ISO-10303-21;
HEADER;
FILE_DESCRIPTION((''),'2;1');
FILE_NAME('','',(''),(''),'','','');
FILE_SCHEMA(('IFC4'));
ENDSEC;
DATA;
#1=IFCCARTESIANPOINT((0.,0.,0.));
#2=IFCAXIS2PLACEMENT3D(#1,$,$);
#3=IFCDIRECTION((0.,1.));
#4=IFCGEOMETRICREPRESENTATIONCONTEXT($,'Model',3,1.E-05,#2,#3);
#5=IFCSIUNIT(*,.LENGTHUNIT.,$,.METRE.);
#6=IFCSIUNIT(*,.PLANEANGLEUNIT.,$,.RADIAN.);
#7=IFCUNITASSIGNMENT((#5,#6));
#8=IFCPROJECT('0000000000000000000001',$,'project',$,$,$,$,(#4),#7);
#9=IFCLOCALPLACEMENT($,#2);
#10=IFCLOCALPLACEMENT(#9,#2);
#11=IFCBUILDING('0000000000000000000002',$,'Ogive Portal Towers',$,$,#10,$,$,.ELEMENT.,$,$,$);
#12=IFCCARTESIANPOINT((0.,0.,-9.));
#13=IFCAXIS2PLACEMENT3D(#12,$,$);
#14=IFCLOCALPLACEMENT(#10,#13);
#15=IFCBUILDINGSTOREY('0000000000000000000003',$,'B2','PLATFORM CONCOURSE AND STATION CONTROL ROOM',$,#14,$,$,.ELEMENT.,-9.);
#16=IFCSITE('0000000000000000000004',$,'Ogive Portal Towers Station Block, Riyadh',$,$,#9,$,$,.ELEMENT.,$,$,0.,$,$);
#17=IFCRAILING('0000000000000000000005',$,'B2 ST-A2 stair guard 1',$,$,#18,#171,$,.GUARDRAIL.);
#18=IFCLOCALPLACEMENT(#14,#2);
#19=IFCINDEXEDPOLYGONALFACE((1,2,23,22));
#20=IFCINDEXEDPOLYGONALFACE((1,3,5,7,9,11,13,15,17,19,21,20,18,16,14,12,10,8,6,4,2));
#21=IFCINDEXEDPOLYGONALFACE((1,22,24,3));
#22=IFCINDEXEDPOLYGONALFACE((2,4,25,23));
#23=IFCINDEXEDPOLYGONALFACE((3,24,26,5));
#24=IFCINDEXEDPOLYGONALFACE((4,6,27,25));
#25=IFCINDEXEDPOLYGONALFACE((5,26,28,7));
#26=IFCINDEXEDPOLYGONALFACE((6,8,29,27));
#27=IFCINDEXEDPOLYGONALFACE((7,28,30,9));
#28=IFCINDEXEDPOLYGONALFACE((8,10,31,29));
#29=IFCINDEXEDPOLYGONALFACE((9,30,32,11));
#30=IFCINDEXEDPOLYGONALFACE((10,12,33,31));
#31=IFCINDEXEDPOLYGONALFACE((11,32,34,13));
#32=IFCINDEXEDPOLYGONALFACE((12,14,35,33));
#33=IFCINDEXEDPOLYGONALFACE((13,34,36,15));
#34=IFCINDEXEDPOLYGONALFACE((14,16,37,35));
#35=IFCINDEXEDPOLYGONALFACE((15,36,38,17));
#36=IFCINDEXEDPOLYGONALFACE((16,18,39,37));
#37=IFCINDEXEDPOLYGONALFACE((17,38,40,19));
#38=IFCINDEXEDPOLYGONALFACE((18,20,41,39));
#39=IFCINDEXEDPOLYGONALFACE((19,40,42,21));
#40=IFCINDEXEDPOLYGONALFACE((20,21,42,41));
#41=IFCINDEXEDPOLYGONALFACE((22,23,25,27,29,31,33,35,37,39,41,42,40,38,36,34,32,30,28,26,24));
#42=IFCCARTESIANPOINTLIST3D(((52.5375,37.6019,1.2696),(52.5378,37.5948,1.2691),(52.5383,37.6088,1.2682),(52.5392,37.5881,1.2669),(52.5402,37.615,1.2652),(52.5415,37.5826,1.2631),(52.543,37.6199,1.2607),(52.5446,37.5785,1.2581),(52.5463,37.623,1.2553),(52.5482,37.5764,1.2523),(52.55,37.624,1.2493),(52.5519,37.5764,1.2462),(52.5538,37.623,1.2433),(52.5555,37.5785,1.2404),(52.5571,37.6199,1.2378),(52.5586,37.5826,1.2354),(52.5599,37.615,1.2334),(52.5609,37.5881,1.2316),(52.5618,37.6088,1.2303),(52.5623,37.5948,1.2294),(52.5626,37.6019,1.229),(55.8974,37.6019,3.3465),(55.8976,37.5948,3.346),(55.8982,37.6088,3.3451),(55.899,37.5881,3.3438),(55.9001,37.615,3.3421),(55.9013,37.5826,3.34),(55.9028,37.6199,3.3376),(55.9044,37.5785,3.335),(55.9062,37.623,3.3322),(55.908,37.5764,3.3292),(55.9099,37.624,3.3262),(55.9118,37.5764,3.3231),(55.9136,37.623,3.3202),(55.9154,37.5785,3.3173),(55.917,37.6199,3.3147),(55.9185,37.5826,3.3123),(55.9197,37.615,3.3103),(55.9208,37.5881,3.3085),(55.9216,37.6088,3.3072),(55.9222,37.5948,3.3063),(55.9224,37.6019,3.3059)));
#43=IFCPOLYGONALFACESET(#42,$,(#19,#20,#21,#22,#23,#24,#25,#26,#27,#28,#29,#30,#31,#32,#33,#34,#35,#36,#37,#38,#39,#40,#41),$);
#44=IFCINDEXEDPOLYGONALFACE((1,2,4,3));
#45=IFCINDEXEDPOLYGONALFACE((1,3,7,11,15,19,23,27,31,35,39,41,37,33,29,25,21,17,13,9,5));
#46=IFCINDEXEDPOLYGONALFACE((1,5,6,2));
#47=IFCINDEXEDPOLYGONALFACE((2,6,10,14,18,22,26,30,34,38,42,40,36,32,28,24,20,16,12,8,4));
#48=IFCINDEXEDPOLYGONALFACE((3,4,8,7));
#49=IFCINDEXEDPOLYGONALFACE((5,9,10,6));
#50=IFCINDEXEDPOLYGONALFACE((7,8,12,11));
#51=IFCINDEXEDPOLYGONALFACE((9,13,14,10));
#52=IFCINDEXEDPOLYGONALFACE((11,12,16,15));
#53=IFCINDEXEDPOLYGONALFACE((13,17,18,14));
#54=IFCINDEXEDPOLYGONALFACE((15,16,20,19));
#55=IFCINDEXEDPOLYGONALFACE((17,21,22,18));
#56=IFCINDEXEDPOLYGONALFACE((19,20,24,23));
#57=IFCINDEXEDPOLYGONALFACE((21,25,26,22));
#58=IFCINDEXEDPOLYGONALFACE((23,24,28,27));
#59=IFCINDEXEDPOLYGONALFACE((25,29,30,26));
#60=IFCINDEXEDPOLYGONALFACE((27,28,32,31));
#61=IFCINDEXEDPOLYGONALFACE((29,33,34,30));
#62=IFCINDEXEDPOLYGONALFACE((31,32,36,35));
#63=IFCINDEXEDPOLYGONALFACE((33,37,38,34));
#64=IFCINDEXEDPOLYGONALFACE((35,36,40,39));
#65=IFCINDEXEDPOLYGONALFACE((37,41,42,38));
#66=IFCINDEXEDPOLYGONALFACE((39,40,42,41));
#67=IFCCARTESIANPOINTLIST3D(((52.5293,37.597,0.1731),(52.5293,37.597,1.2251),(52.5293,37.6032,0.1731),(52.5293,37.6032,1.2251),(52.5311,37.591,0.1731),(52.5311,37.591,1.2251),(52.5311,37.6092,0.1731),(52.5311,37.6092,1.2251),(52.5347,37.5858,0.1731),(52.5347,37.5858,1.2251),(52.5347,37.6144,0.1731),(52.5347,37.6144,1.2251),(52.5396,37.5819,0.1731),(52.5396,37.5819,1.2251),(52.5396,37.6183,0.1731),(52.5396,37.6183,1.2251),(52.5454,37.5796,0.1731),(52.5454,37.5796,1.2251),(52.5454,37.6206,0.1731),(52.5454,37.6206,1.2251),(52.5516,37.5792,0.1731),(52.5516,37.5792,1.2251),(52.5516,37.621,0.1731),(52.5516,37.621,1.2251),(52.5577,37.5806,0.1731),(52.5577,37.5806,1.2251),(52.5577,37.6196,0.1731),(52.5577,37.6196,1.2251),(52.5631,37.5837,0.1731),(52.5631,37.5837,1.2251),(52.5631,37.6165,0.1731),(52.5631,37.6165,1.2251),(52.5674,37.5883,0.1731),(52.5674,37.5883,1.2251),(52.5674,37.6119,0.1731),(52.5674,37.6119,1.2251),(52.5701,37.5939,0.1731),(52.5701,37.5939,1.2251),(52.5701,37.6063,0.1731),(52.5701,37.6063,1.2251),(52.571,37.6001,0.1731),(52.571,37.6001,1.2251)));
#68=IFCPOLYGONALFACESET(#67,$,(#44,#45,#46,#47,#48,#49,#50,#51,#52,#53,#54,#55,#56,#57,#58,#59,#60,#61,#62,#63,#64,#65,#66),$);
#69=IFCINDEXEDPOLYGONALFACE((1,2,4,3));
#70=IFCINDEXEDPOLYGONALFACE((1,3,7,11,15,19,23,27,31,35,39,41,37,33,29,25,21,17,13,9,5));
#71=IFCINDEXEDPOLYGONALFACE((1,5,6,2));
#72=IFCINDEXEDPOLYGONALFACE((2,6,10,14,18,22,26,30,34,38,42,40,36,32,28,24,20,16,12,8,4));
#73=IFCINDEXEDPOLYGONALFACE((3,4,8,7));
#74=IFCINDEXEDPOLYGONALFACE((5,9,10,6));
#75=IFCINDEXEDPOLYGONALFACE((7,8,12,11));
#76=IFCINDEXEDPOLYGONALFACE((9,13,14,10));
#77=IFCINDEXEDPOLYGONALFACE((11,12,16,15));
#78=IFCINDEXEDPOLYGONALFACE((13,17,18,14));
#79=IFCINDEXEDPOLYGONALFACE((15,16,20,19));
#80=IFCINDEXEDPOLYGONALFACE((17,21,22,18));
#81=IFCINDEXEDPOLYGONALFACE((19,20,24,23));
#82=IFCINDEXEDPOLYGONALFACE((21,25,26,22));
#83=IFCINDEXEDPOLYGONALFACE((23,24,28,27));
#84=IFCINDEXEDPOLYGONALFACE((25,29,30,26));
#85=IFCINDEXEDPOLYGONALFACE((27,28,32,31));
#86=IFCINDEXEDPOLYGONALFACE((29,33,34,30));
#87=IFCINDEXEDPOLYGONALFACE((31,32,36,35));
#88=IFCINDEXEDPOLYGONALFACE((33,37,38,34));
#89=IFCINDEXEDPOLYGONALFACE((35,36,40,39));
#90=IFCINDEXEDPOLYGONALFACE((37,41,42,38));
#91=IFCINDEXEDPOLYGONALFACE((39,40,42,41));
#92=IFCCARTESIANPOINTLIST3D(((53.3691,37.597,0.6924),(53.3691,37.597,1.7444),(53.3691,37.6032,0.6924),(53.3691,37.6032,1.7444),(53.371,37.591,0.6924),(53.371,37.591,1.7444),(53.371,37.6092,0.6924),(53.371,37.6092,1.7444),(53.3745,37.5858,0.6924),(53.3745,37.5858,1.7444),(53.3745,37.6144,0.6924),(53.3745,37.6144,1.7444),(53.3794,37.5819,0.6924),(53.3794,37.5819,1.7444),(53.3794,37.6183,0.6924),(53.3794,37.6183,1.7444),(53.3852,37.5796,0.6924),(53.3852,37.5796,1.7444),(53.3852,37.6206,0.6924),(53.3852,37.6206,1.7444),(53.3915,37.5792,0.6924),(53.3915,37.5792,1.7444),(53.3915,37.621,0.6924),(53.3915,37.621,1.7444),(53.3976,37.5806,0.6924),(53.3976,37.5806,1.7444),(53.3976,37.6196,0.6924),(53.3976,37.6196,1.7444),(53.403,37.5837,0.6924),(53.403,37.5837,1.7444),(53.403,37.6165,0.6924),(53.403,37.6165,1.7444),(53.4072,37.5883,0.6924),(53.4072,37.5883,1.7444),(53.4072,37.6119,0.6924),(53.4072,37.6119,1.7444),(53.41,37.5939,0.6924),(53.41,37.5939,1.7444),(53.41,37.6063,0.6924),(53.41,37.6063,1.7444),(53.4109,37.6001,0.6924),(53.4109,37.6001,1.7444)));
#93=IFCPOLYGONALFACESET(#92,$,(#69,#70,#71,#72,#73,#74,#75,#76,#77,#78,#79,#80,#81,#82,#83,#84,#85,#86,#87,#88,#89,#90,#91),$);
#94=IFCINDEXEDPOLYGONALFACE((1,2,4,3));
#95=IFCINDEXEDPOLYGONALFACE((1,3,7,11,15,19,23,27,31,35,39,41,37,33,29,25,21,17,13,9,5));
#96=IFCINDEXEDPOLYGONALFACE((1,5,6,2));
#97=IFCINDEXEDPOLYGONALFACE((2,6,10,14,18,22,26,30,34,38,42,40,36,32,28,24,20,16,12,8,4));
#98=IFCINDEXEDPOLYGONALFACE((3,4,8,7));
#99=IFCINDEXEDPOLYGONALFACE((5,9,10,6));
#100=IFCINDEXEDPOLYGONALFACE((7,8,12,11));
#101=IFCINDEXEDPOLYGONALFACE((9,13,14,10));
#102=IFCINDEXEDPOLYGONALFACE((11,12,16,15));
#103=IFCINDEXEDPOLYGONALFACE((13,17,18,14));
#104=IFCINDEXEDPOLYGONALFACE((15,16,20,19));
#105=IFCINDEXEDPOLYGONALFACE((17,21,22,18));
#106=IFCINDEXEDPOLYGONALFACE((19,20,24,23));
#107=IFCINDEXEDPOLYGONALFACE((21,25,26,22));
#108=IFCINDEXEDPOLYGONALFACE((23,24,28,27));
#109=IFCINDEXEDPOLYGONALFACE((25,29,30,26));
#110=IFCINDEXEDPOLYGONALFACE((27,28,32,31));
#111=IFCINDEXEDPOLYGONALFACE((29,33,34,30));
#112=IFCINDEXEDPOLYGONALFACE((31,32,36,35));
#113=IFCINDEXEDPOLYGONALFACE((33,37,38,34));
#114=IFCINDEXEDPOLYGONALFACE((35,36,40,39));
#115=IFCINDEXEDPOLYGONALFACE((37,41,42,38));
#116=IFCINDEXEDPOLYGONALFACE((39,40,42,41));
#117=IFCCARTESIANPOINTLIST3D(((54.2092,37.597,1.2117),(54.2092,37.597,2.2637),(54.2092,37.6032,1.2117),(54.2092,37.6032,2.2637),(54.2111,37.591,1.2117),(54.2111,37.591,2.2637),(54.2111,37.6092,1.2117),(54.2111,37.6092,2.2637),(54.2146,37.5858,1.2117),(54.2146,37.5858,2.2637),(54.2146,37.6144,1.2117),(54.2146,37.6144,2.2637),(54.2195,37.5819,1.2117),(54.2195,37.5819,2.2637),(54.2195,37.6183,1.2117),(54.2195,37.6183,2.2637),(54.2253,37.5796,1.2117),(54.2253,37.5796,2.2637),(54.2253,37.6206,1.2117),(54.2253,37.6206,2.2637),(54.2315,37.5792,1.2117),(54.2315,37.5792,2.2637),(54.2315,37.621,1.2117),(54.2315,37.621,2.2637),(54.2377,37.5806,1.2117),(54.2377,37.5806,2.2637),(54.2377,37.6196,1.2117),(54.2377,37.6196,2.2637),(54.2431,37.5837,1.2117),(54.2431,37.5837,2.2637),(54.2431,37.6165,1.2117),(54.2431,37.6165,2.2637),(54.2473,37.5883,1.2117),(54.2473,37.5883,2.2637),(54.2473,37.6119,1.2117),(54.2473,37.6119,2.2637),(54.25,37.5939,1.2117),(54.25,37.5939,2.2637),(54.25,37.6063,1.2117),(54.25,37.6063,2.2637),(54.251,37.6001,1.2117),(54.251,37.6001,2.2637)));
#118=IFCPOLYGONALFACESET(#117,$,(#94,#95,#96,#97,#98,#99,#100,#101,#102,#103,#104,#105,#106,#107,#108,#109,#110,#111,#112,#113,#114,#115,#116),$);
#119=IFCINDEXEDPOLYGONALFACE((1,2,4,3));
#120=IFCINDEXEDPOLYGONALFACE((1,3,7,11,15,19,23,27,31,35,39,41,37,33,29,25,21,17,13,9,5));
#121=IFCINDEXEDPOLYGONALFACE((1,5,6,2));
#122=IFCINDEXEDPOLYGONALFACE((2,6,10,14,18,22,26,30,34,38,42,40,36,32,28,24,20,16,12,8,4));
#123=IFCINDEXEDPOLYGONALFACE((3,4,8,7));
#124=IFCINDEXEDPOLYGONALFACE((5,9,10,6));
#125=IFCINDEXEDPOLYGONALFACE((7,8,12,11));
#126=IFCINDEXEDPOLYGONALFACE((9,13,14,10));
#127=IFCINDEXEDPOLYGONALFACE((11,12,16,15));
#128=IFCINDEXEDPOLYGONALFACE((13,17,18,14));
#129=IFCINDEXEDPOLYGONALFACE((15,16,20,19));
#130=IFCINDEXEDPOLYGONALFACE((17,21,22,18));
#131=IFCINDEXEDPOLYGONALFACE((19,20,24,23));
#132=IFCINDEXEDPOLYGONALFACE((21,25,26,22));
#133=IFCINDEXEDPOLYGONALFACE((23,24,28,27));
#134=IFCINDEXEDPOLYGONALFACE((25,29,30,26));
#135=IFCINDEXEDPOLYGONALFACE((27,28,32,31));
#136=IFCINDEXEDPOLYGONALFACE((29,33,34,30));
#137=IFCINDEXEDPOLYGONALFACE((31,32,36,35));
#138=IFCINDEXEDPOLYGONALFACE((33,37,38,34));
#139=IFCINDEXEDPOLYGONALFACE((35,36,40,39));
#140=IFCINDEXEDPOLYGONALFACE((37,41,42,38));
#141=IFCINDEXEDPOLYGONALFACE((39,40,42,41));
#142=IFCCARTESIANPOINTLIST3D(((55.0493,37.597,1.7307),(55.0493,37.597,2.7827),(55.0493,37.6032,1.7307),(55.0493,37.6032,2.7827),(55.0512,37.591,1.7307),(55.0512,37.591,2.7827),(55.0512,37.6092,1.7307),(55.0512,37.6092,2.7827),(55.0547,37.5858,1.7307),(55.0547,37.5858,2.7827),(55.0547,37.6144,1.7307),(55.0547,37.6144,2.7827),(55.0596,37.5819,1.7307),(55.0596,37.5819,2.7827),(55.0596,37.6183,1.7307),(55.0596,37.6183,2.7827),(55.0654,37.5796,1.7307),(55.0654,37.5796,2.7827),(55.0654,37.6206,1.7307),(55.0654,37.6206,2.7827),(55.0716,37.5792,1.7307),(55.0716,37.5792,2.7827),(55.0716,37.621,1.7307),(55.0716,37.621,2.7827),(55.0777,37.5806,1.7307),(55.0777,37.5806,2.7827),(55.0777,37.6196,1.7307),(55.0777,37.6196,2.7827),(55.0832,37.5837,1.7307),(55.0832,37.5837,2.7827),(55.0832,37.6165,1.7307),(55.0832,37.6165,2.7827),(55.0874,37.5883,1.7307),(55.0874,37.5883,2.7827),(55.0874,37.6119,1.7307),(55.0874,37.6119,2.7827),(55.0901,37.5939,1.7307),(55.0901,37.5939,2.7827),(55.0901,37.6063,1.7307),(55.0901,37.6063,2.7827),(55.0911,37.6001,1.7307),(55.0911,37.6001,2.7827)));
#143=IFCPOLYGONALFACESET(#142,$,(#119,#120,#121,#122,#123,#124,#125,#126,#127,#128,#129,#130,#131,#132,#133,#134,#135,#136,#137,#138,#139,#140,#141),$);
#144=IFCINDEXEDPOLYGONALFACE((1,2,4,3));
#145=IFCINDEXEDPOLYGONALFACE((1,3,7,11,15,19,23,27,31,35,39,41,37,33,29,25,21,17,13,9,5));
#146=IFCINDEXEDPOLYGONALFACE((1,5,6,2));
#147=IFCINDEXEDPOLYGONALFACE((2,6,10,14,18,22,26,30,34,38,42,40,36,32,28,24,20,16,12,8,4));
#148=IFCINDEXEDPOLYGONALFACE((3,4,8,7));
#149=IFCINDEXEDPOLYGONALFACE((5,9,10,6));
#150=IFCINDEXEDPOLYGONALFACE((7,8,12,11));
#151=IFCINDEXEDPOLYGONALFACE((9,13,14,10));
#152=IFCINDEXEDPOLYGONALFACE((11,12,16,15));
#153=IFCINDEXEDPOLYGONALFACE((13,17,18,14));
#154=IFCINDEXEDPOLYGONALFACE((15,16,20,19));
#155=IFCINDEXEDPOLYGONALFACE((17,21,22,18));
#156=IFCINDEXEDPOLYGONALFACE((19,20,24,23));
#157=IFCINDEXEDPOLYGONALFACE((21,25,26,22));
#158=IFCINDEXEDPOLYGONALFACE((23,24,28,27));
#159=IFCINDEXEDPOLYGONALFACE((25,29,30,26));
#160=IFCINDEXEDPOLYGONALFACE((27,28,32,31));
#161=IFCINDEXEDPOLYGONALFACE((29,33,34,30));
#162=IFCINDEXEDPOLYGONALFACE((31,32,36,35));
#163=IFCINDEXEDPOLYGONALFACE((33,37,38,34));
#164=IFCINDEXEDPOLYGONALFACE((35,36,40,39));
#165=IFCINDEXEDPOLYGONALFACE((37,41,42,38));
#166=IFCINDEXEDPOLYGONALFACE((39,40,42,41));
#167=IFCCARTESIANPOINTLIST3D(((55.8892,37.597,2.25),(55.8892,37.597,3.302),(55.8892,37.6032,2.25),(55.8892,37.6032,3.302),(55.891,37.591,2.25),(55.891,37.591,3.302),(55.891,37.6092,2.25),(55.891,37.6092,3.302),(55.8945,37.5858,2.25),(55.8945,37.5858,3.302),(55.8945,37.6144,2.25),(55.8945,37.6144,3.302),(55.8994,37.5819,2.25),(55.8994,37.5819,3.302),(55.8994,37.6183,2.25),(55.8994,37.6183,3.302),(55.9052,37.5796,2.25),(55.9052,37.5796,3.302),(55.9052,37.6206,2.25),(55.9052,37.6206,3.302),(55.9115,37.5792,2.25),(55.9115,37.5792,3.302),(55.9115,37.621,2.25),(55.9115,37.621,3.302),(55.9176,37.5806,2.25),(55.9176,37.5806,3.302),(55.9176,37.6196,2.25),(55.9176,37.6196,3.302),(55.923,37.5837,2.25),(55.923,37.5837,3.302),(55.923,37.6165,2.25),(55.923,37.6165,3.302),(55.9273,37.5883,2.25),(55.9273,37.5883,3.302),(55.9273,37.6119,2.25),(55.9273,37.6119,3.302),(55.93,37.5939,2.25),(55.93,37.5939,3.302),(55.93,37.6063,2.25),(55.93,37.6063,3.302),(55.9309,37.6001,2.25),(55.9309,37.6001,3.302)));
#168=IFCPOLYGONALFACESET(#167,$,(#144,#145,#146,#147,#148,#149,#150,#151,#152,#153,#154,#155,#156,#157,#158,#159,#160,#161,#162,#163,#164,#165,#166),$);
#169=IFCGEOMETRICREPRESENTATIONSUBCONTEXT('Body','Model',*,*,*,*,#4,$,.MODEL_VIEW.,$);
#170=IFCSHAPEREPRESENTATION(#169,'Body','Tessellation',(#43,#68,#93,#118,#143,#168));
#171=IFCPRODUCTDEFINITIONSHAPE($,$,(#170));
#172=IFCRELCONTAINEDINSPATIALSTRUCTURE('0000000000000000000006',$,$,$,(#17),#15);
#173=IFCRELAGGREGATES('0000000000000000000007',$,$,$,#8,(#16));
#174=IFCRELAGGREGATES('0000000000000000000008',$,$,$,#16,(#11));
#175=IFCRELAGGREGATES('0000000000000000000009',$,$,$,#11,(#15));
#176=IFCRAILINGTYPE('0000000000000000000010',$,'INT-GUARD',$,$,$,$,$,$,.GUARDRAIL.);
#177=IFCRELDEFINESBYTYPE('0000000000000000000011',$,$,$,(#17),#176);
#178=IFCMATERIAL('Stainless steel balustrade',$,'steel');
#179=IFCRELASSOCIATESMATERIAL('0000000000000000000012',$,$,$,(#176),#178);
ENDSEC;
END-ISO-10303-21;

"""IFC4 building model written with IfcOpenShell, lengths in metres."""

from ifc_helpers import new_model, si_unit, direction, frame, origin, origin_2d, place, context, subcontext, project, spatial, circle, extrude, material, type_object, element, save


model = new_model("IFC4")

# Units and contexts
model_context = context("Model", 3, precision=1e-05, world=origin(), true_north=direction((0.0, 1.0)))
body_context = subcontext(model_context, "Body", "Model", "MODEL_VIEW")
ifc_project = project(units=[si_unit("LENGTHUNIT", "METRE"), si_unit("PLANEANGLEUNIT", "RADIAN")], contexts=[model_context])

# Site, building, storey
site_placement = place(None, origin())
site = spatial("IfcSite", under=ifc_project, at=site_placement, Name="Ogive Portal Towers Station Block, Riyadh", CompositionType="ELEMENT", RefElevation=0.0)
building_placement = place(site_placement, origin())
building = spatial("IfcBuilding", under=site, at=building_placement, Name="Ogive Portal Towers", CompositionType="ELEMENT")
storey_placement = place(building_placement, frame((0.0, 0.0, -9.0)))
storey = spatial("IfcBuildingStorey", under=building, at=storey_placement, Name="B2", Description="PLATFORM CONCOURSE AND STATION CONTROL ROOM", CompositionType="ELEMENT", Elevation=-9.0)

# Railing
ifc_material_1 = material(Name="Stainless steel balustrade", Category="steel")
railing_type_1 = type_object("IfcRailingType", Name="INT-GUARD", PredefinedType="GUARDRAIL", material=ifc_material_1)
railing_1_placement = place(storey_placement, frame((52.55, 37.6001, 0.1731)))
element("IfcRailing", 1, at=railing_1_placement, inside=storey, type_object=railing_type_1, Name="B2 ST-A2 stair guard 1", PredefinedType="GUARDRAIL", context=body_context, shape_type="SweptSolid", body=[
    extrude(circle(Radius=0.0239, at=origin_2d()), frame((0.0, 0.0, 1.0762), z_axis=(0.850606, 0.0, 0.525803), x_axis=(0.0, 1.0, 0.0)), (0.0, 0.0, 1.0), 3.95),
    extrude(circle(Radius=0.021, at=origin_2d()), origin(), (0.0, 0.0, 1.0), 1.052),
    extrude(circle(Radius=0.021, at=origin_2d()), frame((0.8398, 0.0, 0.5193)), (0.0, 0.0, 1.0), 1.052),
    extrude(circle(Radius=0.021, at=origin_2d()), frame((1.6799, 0.0, 1.0386)), (0.0, 0.0, 1.0), 1.052),
    extrude(circle(Radius=0.021, at=origin_2d()), frame((2.52, 0.0, 1.5576)), (0.0, 0.0, 1.0), 1.052),
    extrude(circle(Radius=0.021, at=origin_2d()), frame((3.3599, 0.0, 2.0769)), (0.0, 0.0, 1.0), 1.052),
])

save(model, "model.ifc")
